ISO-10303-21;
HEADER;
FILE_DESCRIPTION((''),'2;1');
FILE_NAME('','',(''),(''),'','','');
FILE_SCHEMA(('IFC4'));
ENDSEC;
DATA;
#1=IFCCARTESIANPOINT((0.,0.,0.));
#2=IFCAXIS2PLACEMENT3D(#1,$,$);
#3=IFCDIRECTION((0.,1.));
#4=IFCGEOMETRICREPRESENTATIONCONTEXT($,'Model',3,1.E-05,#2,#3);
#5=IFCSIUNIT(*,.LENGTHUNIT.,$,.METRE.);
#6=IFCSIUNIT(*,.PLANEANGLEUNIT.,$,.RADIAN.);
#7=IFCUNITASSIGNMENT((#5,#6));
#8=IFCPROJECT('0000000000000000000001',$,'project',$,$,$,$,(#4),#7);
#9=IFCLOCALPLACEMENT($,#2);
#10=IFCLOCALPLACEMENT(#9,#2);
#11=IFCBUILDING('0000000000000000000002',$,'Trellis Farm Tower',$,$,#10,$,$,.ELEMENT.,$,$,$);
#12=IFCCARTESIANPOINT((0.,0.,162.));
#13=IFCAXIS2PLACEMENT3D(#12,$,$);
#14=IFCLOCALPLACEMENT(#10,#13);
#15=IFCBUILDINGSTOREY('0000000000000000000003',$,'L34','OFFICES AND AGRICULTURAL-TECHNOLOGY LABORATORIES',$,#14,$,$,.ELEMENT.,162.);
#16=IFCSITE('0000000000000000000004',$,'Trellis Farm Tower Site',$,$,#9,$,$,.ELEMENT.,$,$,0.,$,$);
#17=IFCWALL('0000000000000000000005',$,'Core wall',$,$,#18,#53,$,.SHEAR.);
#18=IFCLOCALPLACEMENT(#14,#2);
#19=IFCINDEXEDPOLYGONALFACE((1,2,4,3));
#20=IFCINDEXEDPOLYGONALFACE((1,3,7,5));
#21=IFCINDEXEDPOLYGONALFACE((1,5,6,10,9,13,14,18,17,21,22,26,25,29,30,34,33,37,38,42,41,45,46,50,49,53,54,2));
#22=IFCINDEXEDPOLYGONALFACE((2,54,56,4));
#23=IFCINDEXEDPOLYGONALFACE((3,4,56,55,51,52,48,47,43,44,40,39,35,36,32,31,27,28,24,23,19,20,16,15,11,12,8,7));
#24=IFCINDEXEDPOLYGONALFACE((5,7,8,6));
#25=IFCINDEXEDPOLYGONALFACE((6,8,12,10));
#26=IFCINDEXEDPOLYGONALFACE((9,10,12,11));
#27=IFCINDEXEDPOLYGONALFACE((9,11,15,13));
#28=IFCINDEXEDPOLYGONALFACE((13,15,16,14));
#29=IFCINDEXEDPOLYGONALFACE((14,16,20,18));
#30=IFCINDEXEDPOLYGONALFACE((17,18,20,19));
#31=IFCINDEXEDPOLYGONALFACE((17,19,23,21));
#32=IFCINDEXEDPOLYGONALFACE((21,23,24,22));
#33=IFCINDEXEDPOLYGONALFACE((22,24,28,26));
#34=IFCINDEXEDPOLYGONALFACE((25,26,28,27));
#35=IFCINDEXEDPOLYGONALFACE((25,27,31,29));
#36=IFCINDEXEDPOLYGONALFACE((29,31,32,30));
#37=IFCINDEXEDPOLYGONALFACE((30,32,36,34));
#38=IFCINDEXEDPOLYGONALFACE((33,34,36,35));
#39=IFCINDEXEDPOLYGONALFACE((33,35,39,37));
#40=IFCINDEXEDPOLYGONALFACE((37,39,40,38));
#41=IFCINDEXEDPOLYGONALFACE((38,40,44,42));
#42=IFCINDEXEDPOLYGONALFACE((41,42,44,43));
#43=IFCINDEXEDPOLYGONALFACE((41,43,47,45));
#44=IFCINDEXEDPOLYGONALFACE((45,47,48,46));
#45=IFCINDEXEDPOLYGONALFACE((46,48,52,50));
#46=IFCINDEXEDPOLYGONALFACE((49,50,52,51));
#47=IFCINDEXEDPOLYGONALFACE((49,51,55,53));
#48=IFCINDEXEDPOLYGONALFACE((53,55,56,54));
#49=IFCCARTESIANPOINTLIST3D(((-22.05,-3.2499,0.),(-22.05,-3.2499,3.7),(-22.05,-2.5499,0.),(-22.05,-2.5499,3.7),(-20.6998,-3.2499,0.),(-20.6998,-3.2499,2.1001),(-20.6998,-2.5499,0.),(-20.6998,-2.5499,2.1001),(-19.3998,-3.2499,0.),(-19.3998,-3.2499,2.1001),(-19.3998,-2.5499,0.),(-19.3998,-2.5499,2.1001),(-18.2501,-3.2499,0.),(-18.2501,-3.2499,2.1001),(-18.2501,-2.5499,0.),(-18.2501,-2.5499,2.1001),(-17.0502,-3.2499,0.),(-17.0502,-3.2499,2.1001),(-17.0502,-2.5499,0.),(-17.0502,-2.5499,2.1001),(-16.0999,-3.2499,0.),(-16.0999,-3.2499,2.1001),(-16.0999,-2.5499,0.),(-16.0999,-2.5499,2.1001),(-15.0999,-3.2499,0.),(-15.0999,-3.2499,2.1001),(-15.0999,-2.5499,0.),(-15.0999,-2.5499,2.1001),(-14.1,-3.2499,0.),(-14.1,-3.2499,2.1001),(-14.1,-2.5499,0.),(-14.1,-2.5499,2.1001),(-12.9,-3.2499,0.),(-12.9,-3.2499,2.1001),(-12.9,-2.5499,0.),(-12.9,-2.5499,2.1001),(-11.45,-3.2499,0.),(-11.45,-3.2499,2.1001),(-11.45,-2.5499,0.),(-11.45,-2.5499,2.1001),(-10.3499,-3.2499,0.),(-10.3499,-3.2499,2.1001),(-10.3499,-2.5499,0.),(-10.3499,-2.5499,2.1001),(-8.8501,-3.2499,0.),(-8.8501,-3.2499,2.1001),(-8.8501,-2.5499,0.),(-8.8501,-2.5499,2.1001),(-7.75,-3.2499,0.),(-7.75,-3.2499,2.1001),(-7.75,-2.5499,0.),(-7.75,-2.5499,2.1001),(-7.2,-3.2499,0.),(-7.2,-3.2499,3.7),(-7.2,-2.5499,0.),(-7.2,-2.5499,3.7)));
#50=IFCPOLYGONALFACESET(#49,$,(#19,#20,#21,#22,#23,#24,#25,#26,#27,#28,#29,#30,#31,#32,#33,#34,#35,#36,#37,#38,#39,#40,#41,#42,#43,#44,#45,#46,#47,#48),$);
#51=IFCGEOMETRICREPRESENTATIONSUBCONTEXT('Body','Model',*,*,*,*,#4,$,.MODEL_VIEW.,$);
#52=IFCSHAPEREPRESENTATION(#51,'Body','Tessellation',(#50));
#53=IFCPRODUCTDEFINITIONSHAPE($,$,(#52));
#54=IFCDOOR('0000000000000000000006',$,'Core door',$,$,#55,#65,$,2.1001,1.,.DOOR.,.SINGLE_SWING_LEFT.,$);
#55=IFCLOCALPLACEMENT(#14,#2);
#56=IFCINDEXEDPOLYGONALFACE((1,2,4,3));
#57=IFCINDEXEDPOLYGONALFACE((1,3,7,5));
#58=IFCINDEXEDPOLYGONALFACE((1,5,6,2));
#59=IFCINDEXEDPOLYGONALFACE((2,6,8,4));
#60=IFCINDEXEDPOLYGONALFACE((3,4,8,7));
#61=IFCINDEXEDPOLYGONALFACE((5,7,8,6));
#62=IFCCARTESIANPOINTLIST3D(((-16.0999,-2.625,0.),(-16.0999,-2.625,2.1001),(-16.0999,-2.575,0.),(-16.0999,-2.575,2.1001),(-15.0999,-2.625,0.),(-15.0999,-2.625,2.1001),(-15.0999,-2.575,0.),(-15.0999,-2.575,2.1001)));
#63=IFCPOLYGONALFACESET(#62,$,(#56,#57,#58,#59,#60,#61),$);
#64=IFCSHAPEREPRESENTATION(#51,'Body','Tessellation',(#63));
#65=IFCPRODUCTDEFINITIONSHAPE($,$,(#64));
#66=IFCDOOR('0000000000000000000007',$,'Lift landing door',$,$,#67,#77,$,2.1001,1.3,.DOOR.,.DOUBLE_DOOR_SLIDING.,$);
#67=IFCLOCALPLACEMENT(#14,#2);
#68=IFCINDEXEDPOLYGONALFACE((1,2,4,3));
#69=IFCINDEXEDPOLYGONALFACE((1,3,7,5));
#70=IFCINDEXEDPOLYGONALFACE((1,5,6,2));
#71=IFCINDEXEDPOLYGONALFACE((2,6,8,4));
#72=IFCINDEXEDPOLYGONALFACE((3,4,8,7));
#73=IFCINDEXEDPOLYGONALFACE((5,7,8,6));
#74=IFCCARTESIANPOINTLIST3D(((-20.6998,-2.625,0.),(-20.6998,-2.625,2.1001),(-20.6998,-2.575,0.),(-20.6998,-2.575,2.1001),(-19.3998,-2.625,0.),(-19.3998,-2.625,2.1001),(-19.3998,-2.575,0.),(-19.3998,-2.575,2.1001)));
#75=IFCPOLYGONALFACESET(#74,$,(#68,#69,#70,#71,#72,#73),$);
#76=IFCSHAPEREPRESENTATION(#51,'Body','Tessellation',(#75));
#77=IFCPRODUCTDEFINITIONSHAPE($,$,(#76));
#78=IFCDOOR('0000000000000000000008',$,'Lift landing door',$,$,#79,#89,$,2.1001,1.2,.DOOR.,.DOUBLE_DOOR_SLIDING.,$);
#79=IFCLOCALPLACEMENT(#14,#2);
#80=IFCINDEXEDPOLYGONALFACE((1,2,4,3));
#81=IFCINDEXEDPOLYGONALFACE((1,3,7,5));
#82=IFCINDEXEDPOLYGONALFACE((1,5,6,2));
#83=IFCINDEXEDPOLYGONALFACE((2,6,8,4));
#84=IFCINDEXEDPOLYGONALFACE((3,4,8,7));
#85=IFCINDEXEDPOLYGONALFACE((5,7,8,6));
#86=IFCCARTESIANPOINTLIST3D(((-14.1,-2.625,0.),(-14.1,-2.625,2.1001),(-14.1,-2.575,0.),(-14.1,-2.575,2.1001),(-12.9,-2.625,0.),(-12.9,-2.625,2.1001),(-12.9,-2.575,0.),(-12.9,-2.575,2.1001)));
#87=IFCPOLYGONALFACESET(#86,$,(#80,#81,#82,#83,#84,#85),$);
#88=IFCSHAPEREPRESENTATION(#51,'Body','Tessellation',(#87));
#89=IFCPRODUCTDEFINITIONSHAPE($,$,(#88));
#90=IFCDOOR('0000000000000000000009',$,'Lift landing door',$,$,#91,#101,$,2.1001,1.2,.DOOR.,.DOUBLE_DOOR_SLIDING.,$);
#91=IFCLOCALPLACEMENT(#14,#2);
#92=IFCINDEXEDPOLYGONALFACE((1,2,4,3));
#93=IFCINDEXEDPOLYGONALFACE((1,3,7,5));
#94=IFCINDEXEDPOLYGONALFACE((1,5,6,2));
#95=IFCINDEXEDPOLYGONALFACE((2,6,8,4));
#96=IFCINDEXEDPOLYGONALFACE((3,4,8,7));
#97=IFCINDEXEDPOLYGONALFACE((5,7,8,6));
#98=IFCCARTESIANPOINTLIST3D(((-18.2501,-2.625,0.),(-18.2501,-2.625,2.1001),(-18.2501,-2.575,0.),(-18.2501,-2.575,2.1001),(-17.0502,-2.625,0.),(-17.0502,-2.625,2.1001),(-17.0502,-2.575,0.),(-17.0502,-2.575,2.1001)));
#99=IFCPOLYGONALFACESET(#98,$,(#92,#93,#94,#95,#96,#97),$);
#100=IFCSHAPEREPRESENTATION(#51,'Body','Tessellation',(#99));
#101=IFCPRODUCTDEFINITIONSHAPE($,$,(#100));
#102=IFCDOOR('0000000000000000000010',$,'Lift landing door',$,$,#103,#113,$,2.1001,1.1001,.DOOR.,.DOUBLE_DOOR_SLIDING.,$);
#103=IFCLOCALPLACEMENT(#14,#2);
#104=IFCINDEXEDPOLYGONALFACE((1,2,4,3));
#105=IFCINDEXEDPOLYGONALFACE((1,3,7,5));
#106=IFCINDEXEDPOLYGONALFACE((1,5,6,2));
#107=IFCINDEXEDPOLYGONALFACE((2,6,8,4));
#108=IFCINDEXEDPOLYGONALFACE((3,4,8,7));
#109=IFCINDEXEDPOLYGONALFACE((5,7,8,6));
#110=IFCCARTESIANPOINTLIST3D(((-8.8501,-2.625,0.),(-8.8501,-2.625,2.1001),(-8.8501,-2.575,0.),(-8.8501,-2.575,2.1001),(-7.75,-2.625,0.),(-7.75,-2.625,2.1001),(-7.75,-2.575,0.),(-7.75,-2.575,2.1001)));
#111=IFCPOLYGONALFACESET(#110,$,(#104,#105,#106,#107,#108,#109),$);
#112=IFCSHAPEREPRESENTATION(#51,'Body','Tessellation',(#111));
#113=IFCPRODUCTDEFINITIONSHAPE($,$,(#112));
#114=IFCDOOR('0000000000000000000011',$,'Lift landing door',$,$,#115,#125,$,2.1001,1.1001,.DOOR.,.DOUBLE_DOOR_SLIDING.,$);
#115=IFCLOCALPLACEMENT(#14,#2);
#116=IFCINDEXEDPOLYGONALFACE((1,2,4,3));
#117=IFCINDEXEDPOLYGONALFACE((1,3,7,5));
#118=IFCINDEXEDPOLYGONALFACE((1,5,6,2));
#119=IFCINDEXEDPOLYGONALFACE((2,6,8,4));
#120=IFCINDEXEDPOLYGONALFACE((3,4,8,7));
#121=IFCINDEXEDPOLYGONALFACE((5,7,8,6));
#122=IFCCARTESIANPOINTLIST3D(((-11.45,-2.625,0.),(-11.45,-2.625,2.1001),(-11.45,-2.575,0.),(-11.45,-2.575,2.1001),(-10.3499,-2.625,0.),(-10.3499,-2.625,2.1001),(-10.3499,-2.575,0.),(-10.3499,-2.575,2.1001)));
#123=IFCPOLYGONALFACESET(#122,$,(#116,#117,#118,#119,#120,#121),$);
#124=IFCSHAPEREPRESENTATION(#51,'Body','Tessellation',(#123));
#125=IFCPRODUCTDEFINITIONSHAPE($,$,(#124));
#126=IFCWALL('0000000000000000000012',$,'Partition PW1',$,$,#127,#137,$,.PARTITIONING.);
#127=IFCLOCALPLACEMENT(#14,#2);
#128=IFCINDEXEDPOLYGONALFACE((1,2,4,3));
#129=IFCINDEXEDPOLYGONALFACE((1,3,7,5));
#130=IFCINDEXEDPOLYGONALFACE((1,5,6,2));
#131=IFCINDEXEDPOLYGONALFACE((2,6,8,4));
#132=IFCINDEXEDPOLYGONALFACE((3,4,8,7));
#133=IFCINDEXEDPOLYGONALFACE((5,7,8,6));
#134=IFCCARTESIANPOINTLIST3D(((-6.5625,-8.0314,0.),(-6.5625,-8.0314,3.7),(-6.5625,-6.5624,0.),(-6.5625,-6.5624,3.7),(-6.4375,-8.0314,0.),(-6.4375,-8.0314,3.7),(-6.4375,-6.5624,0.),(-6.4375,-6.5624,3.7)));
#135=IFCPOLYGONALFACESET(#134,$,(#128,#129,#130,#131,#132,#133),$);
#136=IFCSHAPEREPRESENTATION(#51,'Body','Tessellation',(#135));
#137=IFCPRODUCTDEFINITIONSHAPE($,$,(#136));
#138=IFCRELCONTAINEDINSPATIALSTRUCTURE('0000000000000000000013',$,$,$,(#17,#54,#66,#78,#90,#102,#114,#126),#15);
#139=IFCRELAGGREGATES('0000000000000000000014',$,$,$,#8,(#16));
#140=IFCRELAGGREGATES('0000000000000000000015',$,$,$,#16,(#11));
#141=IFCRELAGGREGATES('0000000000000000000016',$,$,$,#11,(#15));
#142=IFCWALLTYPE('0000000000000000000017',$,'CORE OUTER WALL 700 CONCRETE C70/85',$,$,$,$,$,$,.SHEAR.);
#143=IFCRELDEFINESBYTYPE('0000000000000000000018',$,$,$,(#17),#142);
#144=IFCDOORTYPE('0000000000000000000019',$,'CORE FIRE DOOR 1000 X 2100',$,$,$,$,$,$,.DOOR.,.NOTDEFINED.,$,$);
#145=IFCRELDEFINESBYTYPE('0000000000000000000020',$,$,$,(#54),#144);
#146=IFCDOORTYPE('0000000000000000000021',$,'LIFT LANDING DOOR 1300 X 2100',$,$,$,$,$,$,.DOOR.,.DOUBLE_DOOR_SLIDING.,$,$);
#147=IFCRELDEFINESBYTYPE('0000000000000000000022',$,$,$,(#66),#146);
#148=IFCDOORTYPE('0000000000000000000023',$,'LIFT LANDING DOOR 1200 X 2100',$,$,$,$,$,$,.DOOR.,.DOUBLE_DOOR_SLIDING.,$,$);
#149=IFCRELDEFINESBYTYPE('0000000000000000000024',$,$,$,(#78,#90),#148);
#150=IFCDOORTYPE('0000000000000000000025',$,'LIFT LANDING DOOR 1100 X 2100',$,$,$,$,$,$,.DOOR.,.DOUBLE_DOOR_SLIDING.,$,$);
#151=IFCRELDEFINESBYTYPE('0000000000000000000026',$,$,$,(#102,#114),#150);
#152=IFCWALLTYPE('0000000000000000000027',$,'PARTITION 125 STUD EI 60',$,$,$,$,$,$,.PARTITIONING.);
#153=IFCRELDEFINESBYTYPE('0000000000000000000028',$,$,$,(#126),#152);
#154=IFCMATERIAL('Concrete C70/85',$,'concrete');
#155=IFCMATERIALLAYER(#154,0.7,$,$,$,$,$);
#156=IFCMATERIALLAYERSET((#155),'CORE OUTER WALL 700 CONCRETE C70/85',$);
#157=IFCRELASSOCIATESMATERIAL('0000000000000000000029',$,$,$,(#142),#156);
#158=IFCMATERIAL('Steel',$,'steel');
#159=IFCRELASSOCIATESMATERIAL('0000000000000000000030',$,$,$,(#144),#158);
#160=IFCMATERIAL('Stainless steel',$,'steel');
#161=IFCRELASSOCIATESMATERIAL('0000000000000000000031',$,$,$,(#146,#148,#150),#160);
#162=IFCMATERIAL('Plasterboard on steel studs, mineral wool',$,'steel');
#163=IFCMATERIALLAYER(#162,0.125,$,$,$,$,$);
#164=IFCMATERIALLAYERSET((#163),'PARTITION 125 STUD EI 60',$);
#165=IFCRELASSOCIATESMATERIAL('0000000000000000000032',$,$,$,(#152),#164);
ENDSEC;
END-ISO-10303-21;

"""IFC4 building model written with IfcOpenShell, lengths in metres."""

from ifc_helpers import new_model, si_unit, direction, frame, frame_2d, origin, place, context, subcontext, project, spatial, rectangle, extrude, source, transform, mapped, material, layer, layer_set, type_object, element, fill, save


model = new_model("IFC4")

# Units and contexts
model_context = context("Model", 3, precision=1e-05, world=origin(), true_north=direction((0.0, 1.0)))
body_context = subcontext(model_context, "Body", "Model", "MODEL_VIEW")
ifc_project = project(units=[si_unit("LENGTHUNIT", "METRE"), si_unit("PLANEANGLEUNIT", "RADIAN")], contexts=[model_context])

# Site, building, storey
site_placement = place(None, origin())
site = spatial("IfcSite", under=ifc_project, at=site_placement, Name="Trellis Farm Tower Site", CompositionType="ELEMENT", RefElevation=0.0)
building_placement = place(site_placement, origin())
building = spatial("IfcBuilding", under=site, at=building_placement, Name="Trellis Farm Tower", CompositionType="ELEMENT")
storey_placement = place(building_placement, frame((0.0, 0.0, 162.0)))
storey = spatial("IfcBuildingStorey", under=building, at=storey_placement, Name="L34", Description="OFFICES AND AGRICULTURAL-TECHNOLOGY LABORATORIES", CompositionType="ELEMENT", Elevation=162.0)

# Shared definitions
ifc_material_1 = material(Name="Concrete C70/85", Category="concrete")

# Wall, openings, doors
ifc_layer_1 = layer(ifc_material_1, 0.7)
ifc_layer_set_1 = layer_set([ifc_layer_1], Name="CORE OUTER WALL 700 CONCRETE C70/85")
wall_type_1 = type_object("IfcWallType", Name="CORE OUTER WALL 700 CONCRETE C70/85", PredefinedType="SHEAR", material=ifc_layer_set_1)
shared_shape_1 = source(origin(), body_context, "Body", "SweptSolid", [
    extrude(rectangle(XDim=14.8501, YDim=0.7, at=frame_2d((7.425, 0.0))), origin(), (0.0, 0.0, 1.0), 3.7),
])
wall_1_placement = place(storey_placement, frame((-7.2, -2.8999, 0.0), z_axis=(0.0, 0.0, 1.0), x_axis=(-1.0, 0.0, 0.0)))
wall_1 = element("IfcWall", 1, at=wall_1_placement, inside=storey, type_object=wall_type_1, Name="Core wall", PredefinedType="SHEAR", context=body_context, shape_type="MappedRepresentation", body=[
    mapped(shared_shape_1, transform((0.0, 0.0, 0.0))),
])
shared_shape_2 = source(origin(), body_context, "Body", "SweptSolid", [
    extrude(rectangle(XDim=1.1001, YDim=2.1001, at=frame_2d((0.55, 1.05))), frame((0.0, 0.3601, 0.0), z_axis=(0.0, -1.0, 0.0), x_axis=(1.0, 0.0, 0.0)), (0.0, 0.0, 1.0), 0.7202),
])
opening_1_placement = place(wall_1_placement, frame((0.55, 0.0, 0.0)))
opening_1 = element("IfcOpeningElement", 2, at=opening_1_placement, cuts=wall_1, PredefinedType="OPENING", context=body_context, shape_type="MappedRepresentation", body=[
    mapped(shared_shape_2, transform((0.0, 0.0, 0.0))),
])
opening_2_placement = place(wall_1_placement, frame((3.1499, 0.0, 0.0)))
opening_2 = element("IfcOpeningElement", 3, at=opening_2_placement, cuts=wall_1, PredefinedType="OPENING", context=body_context, shape_type="MappedRepresentation", body=[
    mapped(shared_shape_2, transform((0.0, 0.0, 0.0))),
])
shared_shape_3 = source(origin(), body_context, "Body", "SweptSolid", [
    extrude(rectangle(XDim=1.2, YDim=2.1001, at=frame_2d((0.6001, 1.05))), frame((0.0, 0.3601, 0.0), z_axis=(0.0, -1.0, 0.0), x_axis=(1.0, 0.0, 0.0)), (0.0, 0.0, 1.0), 0.7202),
])
opening_3_placement = place(wall_1_placement, frame((5.7, 0.0, 0.0)))
opening_3 = element("IfcOpeningElement", 4, at=opening_3_placement, cuts=wall_1, PredefinedType="OPENING", context=body_context, shape_type="MappedRepresentation", body=[
    mapped(shared_shape_3, transform((0.0, 0.0, 0.0))),
])
shared_shape_4 = source(origin(), body_context, "Body", "SweptSolid", [
    extrude(rectangle(XDim=1.3, YDim=2.1001, at=frame_2d((0.6499, 1.05))), frame((0.0, 0.3601, 0.0), z_axis=(0.0, -1.0, 0.0), x_axis=(1.0, 0.0, 0.0)), (0.0, 0.0, 1.0), 0.7202),
])
opening_4_placement = place(wall_1_placement, frame((12.2, 0.0, 0.0)))
opening_4 = element("IfcOpeningElement", 5, at=opening_4_placement, cuts=wall_1, PredefinedType="OPENING", context=body_context, shape_type="MappedRepresentation", body=[
    mapped(shared_shape_4, transform((0.0, 0.0, 0.0))),
])
opening_5_placement = place(wall_1_placement, frame((9.8501, 0.0, 0.0)))
opening_5 = element("IfcOpeningElement", 6, at=opening_5_placement, cuts=wall_1, PredefinedType="OPENING", context=body_context, shape_type="MappedRepresentation", body=[
    mapped(shared_shape_3, transform((0.0, 0.0, 0.0))),
])
shared_shape_5 = source(origin(), body_context, "Body", "SweptSolid", [
    extrude(rectangle(XDim=1.0, YDim=2.1001, at=frame_2d((0.5, 1.05))), frame((0.0, 0.3601, 0.0), z_axis=(0.0, -1.0, 0.0), x_axis=(1.0, 0.0, 0.0)), (0.0, 0.0, 1.0), 0.7202),
])
opening_6_placement = place(wall_1_placement, frame((7.8999, 0.0, 0.0)))
opening_6 = element("IfcOpeningElement", 7, at=opening_6_placement, cuts=wall_1, PredefinedType="OPENING", context=body_context, shape_type="MappedRepresentation", body=[
    mapped(shared_shape_5, transform((0.0, 0.0, 0.0))),
])
ifc_material_2 = material(Name="Steel", Category="steel")
door_type_1 = type_object("IfcDoorType", Name="CORE FIRE DOOR 1000 X 2100", OperationType="NOTDEFINED", PredefinedType="DOOR", material=ifc_material_2)
shared_shape_6 = source(origin(), body_context, "Body", "SweptSolid", [
    extrude(rectangle(XDim=1.0, YDim=2.1001, at=frame_2d((0.5, 1.05))), frame((0.0, -0.2749, 0.0), z_axis=(0.0, -1.0, 0.0), x_axis=(1.0, 0.0, 0.0)), (0.0, 0.0, 1.0), 0.05),
])
door_1_placement = place(opening_6_placement, origin())
door_1 = element("IfcDoor", 8, at=door_1_placement, inside=storey, type_object=door_type_1, Name="Core door", OperationType="SINGLE_SWING_LEFT", OverallHeight=2.1001, OverallWidth=1.0, PredefinedType="DOOR", context=body_context, shape_type="MappedRepresentation", body=[
    mapped(shared_shape_6, transform((0.0, 0.0, 0.0))),
])
fill(opening_6, door_1)
ifc_material_3 = material(Name="Stainless steel", Category="steel")
door_type_2 = type_object("IfcDoorType", Name="LIFT LANDING DOOR 1300 X 2100", OperationType="DOUBLE_DOOR_SLIDING", PredefinedType="DOOR", material=ifc_material_3)
shared_shape_7 = source(origin(), body_context, "Body", "SweptSolid", [
    extrude(rectangle(XDim=1.3, YDim=2.1001, at=frame_2d((0.6499, 1.05))), frame((0.0, -0.2749, 0.0), z_axis=(0.0, -1.0, 0.0), x_axis=(1.0, 0.0, 0.0)), (0.0, 0.0, 1.0), 0.05),
])
door_2_placement = place(opening_4_placement, origin())
door_2 = element("IfcDoor", 9, at=door_2_placement, inside=storey, type_object=door_type_2, Name="Lift landing door", OperationType="DOUBLE_DOOR_SLIDING", OverallHeight=2.1001, OverallWidth=1.3, PredefinedType="DOOR", context=body_context, shape_type="MappedRepresentation", body=[
    mapped(shared_shape_7, transform((0.0, 0.0, 0.0))),
])
fill(opening_4, door_2)
door_type_3 = type_object("IfcDoorType", Name="LIFT LANDING DOOR 1200 X 2100", OperationType="DOUBLE_DOOR_SLIDING", PredefinedType="DOOR", material=ifc_material_3)
shared_shape_8 = source(origin(), body_context, "Body", "SweptSolid", [
    extrude(rectangle(XDim=1.2, YDim=2.1001, at=frame_2d((0.6001, 1.05))), frame((0.0, -0.2749, 0.0), z_axis=(0.0, -1.0, 0.0), x_axis=(1.0, 0.0, 0.0)), (0.0, 0.0, 1.0), 0.05),
])
door_3_placement = place(opening_3_placement, origin())
door_3 = element("IfcDoor", 10, at=door_3_placement, inside=storey, type_object=door_type_3, Name="Lift landing door", OperationType="DOUBLE_DOOR_SLIDING", OverallHeight=2.1001, OverallWidth=1.2, PredefinedType="DOOR", context=body_context, shape_type="MappedRepresentation", body=[
    mapped(shared_shape_8, transform((0.0, 0.0, 0.0))),
])
fill(opening_3, door_3)
door_4_placement = place(opening_5_placement, origin())
door_4 = element("IfcDoor", 11, at=door_4_placement, inside=storey, type_object=door_type_3, Name="Lift landing door", OperationType="DOUBLE_DOOR_SLIDING", OverallHeight=2.1001, OverallWidth=1.2, PredefinedType="DOOR", context=body_context, shape_type="MappedRepresentation", body=[
    mapped(shared_shape_8, transform((0.0, 0.0, 0.0))),
])
fill(opening_5, door_4)
door_type_4 = type_object("IfcDoorType", Name="LIFT LANDING DOOR 1100 X 2100", OperationType="DOUBLE_DOOR_SLIDING", PredefinedType="DOOR", material=ifc_material_3)
shared_shape_9 = source(origin(), body_context, "Body", "SweptSolid", [
    extrude(rectangle(XDim=1.1001, YDim=2.1001, at=frame_2d((0.55, 1.05))), frame((0.0, -0.2749, 0.0), z_axis=(0.0, -1.0, 0.0), x_axis=(1.0, 0.0, 0.0)), (0.0, 0.0, 1.0), 0.05),
])
door_5_placement = place(opening_1_placement, origin())
door_5 = element("IfcDoor", 12, at=door_5_placement, inside=storey, type_object=door_type_4, Name="Lift landing door", OperationType="DOUBLE_DOOR_SLIDING", OverallHeight=2.1001, OverallWidth=1.1001, PredefinedType="DOOR", context=body_context, shape_type="MappedRepresentation", body=[
    mapped(shared_shape_9, transform((0.0, 0.0, 0.0))),
])
fill(opening_1, door_5)
door_6_placement = place(opening_2_placement, origin())
door_6 = element("IfcDoor", 13, at=door_6_placement, inside=storey, type_object=door_type_4, Name="Lift landing door", OperationType="DOUBLE_DOOR_SLIDING", OverallHeight=2.1001, OverallWidth=1.1001, PredefinedType="DOOR", context=body_context, shape_type="MappedRepresentation", body=[
    mapped(shared_shape_9, transform((0.0, 0.0, 0.0))),
])
fill(opening_2, door_6)

# Wall
ifc_material_4 = material(Name="Plasterboard on steel studs, mineral wool", Category="steel")
ifc_layer_2 = layer(ifc_material_4, 0.125)
ifc_layer_set_2 = layer_set([ifc_layer_2], Name="PARTITION 125 STUD EI 60")
wall_type_2 = type_object("IfcWallType", Name="PARTITION 125 STUD EI 60", PredefinedType="PARTITIONING", material=ifc_layer_set_2)
shared_shape_10 = source(origin(), body_context, "Body", "SweptSolid", [
    extrude(rectangle(XDim=1.469, YDim=0.125, at=frame_2d((0.7344, 0.0))), origin(), (0.0, 0.0, 1.0), 3.7),
])
wall_2_placement = place(storey_placement, frame((-6.5, -6.5625, 0.0), z_axis=(0.0, 0.0, 1.0), x_axis=(0.0, -1.0, 0.0)))
element("IfcWall", 14, at=wall_2_placement, inside=storey, type_object=wall_type_2, Name="Partition PW1", PredefinedType="PARTITIONING", context=body_context, shape_type="MappedRepresentation", body=[
    mapped(shared_shape_10, transform((0.0, 0.0, 0.0))),
])

save(model, "model.ifc")
